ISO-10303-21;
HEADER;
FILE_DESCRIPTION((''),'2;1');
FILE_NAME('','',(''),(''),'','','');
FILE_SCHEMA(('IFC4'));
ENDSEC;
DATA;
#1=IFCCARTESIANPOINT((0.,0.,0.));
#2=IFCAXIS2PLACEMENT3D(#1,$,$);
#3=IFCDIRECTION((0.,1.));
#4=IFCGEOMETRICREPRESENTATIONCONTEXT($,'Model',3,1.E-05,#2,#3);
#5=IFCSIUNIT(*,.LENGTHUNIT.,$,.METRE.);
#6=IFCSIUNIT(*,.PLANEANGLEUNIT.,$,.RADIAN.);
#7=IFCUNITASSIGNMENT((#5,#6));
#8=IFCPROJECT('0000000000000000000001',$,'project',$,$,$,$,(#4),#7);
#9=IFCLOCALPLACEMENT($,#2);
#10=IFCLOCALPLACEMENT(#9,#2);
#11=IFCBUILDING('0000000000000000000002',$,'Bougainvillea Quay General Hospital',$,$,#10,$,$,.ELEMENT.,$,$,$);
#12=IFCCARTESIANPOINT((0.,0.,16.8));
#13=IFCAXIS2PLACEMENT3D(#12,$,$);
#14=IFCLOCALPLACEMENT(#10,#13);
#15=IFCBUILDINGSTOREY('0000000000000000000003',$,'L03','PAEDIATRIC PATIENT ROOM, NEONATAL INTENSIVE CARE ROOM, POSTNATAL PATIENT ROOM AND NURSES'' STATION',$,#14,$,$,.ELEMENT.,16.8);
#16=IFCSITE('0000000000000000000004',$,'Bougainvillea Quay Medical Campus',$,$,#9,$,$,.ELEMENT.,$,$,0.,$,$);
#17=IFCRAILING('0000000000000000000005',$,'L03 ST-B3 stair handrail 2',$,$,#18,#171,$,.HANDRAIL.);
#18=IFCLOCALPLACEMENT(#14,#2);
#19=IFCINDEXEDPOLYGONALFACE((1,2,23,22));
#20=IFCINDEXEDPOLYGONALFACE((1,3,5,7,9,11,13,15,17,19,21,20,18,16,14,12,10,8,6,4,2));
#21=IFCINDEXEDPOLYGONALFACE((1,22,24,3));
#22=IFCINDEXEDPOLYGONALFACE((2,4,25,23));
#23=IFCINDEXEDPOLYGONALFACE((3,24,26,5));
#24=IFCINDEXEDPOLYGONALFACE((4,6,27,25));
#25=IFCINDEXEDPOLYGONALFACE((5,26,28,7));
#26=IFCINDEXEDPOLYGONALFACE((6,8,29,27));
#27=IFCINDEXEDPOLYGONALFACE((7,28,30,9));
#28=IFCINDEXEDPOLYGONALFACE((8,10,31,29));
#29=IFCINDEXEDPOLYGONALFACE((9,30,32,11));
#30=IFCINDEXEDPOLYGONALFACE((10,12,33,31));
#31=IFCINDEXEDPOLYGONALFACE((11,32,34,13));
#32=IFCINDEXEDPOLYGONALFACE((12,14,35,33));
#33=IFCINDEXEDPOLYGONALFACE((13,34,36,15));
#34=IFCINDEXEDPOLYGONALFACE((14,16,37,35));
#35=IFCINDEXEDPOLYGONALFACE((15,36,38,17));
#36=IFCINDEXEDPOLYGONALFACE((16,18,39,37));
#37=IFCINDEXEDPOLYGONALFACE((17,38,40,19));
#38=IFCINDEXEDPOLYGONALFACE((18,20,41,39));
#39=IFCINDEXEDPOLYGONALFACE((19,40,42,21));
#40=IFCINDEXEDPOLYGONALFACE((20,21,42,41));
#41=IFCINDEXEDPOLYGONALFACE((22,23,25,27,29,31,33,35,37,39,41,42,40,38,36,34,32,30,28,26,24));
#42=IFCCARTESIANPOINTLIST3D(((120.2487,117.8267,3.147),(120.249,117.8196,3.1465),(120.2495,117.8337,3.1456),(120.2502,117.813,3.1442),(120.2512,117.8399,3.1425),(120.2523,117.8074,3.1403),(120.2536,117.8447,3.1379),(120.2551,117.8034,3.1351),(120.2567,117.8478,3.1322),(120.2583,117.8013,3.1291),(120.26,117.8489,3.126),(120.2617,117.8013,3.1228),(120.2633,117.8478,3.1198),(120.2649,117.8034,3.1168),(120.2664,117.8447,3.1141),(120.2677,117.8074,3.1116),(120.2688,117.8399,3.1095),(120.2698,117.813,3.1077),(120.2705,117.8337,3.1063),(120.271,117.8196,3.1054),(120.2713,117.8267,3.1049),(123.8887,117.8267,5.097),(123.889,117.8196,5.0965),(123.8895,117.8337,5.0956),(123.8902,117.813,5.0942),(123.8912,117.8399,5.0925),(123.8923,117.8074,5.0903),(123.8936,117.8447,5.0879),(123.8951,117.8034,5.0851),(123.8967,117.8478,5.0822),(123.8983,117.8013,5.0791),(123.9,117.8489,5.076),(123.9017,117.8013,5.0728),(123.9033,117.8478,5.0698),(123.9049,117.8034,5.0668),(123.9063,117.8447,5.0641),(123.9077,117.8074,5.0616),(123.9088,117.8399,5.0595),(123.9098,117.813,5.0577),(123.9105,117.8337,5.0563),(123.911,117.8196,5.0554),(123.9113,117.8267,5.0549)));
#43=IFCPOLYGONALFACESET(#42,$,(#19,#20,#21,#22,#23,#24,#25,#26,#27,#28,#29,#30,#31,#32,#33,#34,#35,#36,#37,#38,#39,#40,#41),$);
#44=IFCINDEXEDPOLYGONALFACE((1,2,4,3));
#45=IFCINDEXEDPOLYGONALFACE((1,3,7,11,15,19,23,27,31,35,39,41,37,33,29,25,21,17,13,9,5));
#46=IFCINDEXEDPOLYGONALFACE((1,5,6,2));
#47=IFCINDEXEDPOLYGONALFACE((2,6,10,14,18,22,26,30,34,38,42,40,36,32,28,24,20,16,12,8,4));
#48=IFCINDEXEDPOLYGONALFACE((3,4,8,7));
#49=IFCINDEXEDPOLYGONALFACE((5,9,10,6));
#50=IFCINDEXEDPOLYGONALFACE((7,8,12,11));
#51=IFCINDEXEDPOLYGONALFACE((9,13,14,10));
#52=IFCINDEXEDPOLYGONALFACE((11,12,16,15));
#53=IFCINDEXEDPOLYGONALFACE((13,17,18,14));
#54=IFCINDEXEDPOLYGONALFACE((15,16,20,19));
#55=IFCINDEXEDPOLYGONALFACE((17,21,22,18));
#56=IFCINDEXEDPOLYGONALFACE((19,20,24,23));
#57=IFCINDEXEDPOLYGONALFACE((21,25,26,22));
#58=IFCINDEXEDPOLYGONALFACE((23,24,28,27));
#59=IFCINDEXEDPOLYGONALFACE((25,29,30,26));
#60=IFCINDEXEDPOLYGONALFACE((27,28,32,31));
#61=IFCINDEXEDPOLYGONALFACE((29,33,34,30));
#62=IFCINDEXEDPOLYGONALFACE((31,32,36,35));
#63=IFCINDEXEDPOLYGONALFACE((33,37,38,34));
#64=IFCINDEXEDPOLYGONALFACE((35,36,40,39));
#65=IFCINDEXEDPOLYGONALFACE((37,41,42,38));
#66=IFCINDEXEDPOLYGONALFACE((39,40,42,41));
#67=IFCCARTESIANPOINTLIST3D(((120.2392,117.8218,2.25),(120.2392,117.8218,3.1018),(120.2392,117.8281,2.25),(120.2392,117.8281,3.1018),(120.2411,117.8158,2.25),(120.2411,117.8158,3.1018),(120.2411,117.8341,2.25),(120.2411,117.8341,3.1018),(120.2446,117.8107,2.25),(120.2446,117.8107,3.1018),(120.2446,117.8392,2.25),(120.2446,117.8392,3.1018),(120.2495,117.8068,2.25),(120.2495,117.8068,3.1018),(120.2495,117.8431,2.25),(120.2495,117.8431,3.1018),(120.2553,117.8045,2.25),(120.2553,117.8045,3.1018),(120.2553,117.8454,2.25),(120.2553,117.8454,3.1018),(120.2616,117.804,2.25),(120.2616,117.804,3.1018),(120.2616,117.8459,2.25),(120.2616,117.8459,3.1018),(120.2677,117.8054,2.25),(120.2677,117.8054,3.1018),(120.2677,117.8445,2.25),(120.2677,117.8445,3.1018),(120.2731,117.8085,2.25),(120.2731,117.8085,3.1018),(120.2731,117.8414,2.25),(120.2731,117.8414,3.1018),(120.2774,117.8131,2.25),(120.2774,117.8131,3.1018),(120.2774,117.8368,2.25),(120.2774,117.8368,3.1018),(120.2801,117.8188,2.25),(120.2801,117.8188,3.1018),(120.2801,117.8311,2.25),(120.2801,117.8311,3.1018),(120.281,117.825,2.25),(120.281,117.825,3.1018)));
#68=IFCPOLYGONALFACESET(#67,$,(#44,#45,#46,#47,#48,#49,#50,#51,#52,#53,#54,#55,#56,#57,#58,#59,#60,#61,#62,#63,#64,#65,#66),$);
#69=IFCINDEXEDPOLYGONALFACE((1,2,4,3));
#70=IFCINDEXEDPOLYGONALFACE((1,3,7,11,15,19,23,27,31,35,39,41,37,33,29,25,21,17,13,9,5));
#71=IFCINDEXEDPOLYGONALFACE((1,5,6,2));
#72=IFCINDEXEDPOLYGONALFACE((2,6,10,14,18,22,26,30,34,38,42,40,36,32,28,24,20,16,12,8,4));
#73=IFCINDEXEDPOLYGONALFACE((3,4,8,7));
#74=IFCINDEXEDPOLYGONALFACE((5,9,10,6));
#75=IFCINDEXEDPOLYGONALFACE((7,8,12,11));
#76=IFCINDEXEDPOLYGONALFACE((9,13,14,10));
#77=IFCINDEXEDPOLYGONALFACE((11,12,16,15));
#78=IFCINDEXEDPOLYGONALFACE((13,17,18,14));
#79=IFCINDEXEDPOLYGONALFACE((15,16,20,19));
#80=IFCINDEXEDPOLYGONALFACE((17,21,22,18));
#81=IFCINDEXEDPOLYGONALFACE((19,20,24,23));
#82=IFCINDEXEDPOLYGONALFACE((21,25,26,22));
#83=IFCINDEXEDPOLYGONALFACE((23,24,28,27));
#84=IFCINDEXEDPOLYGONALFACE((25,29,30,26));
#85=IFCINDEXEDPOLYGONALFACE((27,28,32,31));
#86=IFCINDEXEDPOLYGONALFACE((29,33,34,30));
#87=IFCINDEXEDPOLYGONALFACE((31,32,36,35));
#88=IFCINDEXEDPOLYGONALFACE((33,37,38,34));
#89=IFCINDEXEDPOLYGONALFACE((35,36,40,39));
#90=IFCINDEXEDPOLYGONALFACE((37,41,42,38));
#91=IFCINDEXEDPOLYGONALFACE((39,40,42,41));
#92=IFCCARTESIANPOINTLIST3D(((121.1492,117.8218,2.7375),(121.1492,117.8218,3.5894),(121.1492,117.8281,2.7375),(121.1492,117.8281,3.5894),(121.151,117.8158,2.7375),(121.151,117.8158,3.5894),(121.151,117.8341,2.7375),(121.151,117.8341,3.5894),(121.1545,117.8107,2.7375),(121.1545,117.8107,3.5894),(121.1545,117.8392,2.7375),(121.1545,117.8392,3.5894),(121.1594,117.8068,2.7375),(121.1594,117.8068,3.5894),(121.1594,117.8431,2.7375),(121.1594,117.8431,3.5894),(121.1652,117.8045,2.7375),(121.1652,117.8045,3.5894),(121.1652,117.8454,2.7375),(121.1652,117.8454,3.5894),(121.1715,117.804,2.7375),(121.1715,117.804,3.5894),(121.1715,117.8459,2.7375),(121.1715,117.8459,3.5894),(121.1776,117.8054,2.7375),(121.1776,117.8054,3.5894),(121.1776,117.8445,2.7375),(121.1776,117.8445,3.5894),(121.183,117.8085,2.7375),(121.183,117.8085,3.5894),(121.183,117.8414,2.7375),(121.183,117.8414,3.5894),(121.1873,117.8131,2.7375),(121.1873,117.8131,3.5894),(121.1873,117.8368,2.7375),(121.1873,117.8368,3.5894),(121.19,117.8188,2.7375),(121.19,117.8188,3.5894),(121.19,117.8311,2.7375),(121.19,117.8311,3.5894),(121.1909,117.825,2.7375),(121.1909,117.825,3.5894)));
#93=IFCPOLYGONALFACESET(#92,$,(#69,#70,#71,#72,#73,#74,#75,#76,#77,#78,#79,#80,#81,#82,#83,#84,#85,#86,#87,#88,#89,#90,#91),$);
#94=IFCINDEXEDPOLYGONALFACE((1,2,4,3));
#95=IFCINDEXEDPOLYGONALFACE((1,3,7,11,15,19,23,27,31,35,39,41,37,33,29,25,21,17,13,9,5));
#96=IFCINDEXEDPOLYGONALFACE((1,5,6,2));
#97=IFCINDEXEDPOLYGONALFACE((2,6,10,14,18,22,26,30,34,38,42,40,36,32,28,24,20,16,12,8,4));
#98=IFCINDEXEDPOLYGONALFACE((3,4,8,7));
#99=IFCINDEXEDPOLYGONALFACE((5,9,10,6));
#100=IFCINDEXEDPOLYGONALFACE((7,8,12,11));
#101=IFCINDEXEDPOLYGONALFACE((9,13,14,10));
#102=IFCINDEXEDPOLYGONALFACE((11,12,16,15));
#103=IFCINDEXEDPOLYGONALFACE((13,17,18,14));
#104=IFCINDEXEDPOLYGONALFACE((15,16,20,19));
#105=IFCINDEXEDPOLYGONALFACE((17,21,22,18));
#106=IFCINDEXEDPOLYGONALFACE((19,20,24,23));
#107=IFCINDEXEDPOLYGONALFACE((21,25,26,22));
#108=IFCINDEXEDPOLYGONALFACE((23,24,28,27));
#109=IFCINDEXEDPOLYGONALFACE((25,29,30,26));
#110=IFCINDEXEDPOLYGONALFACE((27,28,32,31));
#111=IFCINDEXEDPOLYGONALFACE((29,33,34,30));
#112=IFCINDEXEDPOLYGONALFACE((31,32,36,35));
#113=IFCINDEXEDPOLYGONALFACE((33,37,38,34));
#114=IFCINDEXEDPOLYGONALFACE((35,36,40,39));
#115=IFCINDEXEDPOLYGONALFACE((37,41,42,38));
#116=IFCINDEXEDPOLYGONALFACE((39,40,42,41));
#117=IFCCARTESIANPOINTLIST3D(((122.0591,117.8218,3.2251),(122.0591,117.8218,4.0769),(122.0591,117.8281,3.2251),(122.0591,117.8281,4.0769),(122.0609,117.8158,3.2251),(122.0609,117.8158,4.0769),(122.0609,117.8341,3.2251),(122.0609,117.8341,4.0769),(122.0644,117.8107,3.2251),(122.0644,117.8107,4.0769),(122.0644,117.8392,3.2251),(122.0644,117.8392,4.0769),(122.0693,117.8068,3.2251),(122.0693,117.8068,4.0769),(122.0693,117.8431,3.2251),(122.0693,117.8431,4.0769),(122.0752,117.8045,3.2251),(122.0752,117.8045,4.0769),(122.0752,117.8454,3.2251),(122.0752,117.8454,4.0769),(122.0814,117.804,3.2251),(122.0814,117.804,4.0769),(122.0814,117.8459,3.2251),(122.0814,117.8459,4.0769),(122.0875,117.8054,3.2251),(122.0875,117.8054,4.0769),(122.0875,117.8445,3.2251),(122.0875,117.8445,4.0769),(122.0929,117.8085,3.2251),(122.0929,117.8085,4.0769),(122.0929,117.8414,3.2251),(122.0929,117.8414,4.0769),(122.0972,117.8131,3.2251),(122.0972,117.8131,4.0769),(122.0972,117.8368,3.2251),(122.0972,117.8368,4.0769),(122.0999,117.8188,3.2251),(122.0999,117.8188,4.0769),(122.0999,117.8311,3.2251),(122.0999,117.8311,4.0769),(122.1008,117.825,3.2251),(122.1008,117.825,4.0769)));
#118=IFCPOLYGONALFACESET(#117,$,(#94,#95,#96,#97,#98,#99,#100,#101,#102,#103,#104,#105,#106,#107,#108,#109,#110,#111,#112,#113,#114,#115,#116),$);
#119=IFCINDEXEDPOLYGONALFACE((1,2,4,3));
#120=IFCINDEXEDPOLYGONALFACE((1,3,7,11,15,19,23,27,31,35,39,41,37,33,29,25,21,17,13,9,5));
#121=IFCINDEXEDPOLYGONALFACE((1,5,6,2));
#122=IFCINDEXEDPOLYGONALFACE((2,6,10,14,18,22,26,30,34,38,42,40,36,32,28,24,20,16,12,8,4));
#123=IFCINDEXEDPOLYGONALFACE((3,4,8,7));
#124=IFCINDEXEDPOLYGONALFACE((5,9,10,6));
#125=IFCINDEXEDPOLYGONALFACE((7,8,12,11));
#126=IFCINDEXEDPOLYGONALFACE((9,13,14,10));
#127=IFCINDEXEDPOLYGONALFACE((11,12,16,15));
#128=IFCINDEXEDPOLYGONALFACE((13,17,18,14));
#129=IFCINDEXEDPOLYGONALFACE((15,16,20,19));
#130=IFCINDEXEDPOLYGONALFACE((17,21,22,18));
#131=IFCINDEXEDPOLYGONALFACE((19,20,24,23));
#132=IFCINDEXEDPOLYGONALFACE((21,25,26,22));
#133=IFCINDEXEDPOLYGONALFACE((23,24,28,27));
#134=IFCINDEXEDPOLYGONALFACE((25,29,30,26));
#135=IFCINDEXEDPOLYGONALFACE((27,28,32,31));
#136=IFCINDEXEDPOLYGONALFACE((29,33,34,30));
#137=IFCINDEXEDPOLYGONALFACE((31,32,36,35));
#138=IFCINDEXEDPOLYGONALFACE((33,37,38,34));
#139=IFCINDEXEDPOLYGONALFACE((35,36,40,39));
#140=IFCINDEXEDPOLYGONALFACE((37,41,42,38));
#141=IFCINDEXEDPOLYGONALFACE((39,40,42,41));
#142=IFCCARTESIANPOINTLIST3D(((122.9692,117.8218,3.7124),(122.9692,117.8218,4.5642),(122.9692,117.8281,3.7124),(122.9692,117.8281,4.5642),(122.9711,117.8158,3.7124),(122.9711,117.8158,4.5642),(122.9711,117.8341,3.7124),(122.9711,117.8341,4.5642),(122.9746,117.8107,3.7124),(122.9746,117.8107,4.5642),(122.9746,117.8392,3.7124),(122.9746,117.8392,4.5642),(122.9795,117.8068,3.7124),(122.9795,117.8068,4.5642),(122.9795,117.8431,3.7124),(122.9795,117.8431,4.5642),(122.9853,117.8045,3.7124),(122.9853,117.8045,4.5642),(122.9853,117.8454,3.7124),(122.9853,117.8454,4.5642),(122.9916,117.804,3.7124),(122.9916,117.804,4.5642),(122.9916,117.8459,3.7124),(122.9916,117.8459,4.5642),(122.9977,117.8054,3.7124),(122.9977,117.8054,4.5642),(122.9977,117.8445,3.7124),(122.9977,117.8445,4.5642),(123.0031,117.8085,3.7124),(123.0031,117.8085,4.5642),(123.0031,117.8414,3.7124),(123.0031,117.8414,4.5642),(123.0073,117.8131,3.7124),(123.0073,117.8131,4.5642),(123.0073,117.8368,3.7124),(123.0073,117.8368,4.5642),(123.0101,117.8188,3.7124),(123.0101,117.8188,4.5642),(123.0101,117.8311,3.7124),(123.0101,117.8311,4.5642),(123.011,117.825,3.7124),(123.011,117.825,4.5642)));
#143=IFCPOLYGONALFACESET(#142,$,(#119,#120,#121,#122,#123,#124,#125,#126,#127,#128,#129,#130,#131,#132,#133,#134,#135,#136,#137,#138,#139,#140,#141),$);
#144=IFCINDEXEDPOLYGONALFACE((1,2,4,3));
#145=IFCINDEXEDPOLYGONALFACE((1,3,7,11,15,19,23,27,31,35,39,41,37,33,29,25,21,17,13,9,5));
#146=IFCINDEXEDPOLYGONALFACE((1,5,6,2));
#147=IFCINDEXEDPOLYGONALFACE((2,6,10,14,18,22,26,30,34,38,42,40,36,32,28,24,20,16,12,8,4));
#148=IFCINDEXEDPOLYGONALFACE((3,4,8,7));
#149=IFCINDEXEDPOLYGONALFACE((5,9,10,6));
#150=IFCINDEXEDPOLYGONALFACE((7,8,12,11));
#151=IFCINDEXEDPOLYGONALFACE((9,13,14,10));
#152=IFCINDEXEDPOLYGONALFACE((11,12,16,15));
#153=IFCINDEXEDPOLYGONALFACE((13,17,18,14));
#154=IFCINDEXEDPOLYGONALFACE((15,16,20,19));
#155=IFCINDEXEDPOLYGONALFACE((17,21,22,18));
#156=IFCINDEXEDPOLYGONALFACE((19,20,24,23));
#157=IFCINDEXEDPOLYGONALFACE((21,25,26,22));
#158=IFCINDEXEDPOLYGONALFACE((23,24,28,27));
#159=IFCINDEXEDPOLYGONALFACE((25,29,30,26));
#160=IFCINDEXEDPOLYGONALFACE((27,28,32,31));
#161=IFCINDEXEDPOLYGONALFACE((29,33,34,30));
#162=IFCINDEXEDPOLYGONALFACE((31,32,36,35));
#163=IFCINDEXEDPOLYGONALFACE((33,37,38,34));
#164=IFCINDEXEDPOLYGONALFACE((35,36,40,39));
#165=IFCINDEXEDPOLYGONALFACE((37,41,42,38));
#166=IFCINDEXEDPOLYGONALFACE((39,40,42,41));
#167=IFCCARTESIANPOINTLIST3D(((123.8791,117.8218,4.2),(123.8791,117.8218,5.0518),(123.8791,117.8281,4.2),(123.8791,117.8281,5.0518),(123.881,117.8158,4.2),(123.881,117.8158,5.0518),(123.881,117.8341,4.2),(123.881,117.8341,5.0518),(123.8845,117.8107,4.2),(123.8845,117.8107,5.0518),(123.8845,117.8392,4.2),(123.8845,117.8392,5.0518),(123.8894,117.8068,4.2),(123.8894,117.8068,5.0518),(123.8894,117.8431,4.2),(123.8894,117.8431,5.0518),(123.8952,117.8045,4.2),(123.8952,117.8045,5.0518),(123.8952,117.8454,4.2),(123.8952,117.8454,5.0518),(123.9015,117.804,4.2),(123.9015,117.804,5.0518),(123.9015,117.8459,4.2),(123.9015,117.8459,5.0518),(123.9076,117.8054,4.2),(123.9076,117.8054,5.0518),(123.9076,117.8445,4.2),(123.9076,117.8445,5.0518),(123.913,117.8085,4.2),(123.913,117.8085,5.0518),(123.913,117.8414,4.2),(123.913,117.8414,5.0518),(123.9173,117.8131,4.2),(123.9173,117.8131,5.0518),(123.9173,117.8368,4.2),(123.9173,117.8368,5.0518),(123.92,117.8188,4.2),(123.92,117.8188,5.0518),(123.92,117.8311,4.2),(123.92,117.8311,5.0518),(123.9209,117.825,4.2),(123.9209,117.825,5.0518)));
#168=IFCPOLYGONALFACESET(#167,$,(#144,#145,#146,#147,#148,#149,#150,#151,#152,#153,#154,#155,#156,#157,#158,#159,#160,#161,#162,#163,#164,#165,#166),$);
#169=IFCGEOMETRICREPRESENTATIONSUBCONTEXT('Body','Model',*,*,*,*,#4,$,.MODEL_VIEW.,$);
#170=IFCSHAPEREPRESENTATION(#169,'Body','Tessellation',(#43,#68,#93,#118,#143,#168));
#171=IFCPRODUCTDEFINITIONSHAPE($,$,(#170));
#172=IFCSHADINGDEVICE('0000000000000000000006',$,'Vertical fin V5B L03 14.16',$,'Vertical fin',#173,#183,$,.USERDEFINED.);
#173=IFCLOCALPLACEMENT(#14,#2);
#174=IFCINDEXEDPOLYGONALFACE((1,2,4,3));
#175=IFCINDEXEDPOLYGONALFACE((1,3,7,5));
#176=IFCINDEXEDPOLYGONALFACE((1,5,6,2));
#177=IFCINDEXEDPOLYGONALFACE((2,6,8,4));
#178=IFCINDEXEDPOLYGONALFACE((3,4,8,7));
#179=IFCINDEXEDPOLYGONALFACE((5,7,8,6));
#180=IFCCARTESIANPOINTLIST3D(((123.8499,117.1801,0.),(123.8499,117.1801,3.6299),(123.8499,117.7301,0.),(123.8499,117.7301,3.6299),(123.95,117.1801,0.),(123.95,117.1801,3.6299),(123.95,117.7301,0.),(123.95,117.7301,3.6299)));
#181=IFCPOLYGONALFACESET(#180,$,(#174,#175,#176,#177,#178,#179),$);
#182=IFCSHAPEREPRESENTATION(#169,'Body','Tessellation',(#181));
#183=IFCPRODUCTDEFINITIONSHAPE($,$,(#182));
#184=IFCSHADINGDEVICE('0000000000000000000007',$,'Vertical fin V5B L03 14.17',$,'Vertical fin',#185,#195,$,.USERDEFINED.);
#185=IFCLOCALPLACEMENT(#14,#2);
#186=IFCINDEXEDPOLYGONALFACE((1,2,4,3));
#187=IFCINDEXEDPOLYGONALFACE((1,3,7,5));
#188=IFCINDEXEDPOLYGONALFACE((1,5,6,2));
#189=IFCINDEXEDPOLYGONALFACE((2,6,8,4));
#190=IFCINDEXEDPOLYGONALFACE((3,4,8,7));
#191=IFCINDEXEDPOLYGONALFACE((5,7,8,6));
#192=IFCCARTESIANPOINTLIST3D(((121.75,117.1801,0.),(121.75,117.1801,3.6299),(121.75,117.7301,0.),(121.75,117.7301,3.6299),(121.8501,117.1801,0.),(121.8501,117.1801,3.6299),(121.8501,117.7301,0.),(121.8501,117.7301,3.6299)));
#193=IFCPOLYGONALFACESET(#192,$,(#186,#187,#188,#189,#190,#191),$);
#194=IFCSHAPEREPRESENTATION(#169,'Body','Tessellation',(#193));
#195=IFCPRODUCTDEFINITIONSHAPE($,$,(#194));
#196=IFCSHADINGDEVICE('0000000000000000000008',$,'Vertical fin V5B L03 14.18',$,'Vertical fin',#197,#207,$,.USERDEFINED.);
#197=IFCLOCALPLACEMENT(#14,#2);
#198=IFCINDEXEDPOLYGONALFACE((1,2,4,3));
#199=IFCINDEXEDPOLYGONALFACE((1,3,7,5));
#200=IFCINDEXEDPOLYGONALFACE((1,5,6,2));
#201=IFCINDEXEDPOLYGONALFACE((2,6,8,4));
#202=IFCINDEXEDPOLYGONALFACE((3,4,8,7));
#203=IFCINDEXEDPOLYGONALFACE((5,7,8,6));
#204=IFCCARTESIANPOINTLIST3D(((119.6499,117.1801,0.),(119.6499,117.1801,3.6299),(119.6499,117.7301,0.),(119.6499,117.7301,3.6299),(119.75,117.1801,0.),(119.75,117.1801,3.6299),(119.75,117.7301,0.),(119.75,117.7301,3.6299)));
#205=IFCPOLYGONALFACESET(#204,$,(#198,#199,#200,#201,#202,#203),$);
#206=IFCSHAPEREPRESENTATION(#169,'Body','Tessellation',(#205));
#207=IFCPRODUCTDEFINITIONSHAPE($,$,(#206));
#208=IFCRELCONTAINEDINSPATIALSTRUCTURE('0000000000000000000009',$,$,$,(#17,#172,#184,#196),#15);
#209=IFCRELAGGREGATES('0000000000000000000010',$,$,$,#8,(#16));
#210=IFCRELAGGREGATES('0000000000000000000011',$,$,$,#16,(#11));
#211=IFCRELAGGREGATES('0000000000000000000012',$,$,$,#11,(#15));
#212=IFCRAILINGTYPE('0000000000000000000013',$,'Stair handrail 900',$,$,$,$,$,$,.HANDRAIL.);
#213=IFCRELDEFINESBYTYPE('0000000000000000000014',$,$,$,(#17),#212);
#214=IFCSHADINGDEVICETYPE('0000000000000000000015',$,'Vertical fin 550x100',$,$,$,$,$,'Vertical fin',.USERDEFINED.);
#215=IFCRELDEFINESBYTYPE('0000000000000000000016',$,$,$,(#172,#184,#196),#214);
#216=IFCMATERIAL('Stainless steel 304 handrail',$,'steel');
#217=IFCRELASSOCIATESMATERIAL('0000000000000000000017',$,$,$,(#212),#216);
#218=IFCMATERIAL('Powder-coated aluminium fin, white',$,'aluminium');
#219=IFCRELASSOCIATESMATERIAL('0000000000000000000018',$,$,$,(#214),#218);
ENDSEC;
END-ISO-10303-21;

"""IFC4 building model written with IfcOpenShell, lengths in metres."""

from ifc_helpers import new_model, si_unit, direction, frame, origin, origin_2d, place, context, subcontext, project, spatial, rectangle, circle, extrude, material, material_profile, profile_set, type_object, element, save


model = new_model("IFC4")

# Units and contexts
model_context = context("Model", 3, precision=1e-05, world=origin(), true_north=direction((0.0, 1.0)))
body_context = subcontext(model_context, "Body", "Model", "MODEL_VIEW")
ifc_project = project(units=[si_unit("LENGTHUNIT", "METRE"), si_unit("PLANEANGLEUNIT", "RADIAN")], contexts=[model_context])

# Site, building, storey
site_placement = place(None, origin())
site = spatial("IfcSite", under=ifc_project, at=site_placement, Name="Bougainvillea Quay Medical Campus", CompositionType="ELEMENT", RefElevation=0.0)
building_placement = place(site_placement, origin())
building = spatial("IfcBuilding", under=site, at=building_placement, Name="Bougainvillea Quay General Hospital", CompositionType="ELEMENT")
storey_placement = place(building_placement, frame((0.0, 0.0, 16.8)))
storey = spatial("IfcBuildingStorey", under=building, at=storey_placement, Name="L03", Description="PAEDIATRIC PATIENT ROOM, NEONATAL INTENSIVE CARE ROOM, POSTNATAL PATIENT ROOM AND NURSES' STATION", CompositionType="ELEMENT", Elevation=16.8)

# Railing
ifc_material_1 = material(Name="Stainless steel 304 handrail", Category="steel")
railing_type_1 = type_object("IfcRailingType", Name="Stair handrail 900", PredefinedType="HANDRAIL", material=ifc_material_1)
railing_1_placement = place(storey_placement, frame((120.26, 117.825, 2.25)))
element("IfcRailing", 1, at=railing_1_placement, inside=storey, type_object=railing_type_1, Name="L03 ST-B3 stair handrail 2", PredefinedType="HANDRAIL", context=body_context, shape_type="SweptSolid", body=[
    extrude(circle(Radius=0.0239, at=origin_2d()), frame((0.0, 0.0, 0.876), z_axis=(0.881479, 0.0, 0.472223), x_axis=(0.0, 1.0, 0.0)), (0.0, 0.0, 1.0), 4.1294),
    extrude(circle(Radius=0.021, at=origin_2d()), origin(), (0.0, 0.0, 1.0), 0.8518),
    extrude(circle(Radius=0.021, at=origin_2d()), frame((0.9099, 0.0, 0.4875)), (0.0, 0.0, 1.0), 0.8518),
    extrude(circle(Radius=0.021, at=origin_2d()), frame((1.8198, 0.0, 0.9751)), (0.0, 0.0, 1.0), 0.8518),
    extrude(circle(Radius=0.021, at=origin_2d()), frame((2.73, 0.0, 1.4624)), (0.0, 0.0, 1.0), 0.8518),
    extrude(circle(Radius=0.021, at=origin_2d()), frame((3.6399, 0.0, 1.95)), (0.0, 0.0, 1.0), 0.8518),
])

# Shading devices
ifc_material_2 = material(Name="Powder-coated aluminium fin, white", Category="aluminium")
ifc_material_profile_1 = material_profile(ifc_material_2, rectangle(XDim=0.55, YDim=0.1001, at=origin_2d()))
ifc_profile_set_1 = profile_set([ifc_material_profile_1], Name="Powder-coated aluminium fin, white")
shading_device_type = type_object("IfcShadingDeviceType", Name="Vertical fin 550x100", ElementType="Vertical fin", PredefinedType="USERDEFINED", material=ifc_profile_set_1)
for number, where, z_axis, x_axis, name in (
    (2, (123.8999, 117.4551, 0.0), (0.0, 0.0, 1.0), (0.0, -1.0, 0.0), "Vertical fin V5B L03 14.16"),
    (3, (121.8, 117.4551, 0.0), (0.0, 0.0, 1.0), (0.0, -1.0, 0.0), "Vertical fin V5B L03 14.17"),
    (4, (119.7, 117.4551, 0.0), (0.0, 0.0, 1.0), (0.0, -1.0, 0.0), "Vertical fin V5B L03 14.18"),
):
    element("IfcShadingDevice", number, at=place(storey_placement, frame(where, z_axis=z_axis, x_axis=x_axis)), inside=storey, type_object=shading_device_type, Name=name, ObjectType="Vertical fin", PredefinedType="USERDEFINED", context=body_context, shape_type="SweptSolid", body=[
        extrude(rectangle(XDim=0.55, YDim=0.1001, at=origin_2d()), origin(), (0.0, 0.0, 1.0), 3.6299),
    ])

save(model, "model.ifc")
